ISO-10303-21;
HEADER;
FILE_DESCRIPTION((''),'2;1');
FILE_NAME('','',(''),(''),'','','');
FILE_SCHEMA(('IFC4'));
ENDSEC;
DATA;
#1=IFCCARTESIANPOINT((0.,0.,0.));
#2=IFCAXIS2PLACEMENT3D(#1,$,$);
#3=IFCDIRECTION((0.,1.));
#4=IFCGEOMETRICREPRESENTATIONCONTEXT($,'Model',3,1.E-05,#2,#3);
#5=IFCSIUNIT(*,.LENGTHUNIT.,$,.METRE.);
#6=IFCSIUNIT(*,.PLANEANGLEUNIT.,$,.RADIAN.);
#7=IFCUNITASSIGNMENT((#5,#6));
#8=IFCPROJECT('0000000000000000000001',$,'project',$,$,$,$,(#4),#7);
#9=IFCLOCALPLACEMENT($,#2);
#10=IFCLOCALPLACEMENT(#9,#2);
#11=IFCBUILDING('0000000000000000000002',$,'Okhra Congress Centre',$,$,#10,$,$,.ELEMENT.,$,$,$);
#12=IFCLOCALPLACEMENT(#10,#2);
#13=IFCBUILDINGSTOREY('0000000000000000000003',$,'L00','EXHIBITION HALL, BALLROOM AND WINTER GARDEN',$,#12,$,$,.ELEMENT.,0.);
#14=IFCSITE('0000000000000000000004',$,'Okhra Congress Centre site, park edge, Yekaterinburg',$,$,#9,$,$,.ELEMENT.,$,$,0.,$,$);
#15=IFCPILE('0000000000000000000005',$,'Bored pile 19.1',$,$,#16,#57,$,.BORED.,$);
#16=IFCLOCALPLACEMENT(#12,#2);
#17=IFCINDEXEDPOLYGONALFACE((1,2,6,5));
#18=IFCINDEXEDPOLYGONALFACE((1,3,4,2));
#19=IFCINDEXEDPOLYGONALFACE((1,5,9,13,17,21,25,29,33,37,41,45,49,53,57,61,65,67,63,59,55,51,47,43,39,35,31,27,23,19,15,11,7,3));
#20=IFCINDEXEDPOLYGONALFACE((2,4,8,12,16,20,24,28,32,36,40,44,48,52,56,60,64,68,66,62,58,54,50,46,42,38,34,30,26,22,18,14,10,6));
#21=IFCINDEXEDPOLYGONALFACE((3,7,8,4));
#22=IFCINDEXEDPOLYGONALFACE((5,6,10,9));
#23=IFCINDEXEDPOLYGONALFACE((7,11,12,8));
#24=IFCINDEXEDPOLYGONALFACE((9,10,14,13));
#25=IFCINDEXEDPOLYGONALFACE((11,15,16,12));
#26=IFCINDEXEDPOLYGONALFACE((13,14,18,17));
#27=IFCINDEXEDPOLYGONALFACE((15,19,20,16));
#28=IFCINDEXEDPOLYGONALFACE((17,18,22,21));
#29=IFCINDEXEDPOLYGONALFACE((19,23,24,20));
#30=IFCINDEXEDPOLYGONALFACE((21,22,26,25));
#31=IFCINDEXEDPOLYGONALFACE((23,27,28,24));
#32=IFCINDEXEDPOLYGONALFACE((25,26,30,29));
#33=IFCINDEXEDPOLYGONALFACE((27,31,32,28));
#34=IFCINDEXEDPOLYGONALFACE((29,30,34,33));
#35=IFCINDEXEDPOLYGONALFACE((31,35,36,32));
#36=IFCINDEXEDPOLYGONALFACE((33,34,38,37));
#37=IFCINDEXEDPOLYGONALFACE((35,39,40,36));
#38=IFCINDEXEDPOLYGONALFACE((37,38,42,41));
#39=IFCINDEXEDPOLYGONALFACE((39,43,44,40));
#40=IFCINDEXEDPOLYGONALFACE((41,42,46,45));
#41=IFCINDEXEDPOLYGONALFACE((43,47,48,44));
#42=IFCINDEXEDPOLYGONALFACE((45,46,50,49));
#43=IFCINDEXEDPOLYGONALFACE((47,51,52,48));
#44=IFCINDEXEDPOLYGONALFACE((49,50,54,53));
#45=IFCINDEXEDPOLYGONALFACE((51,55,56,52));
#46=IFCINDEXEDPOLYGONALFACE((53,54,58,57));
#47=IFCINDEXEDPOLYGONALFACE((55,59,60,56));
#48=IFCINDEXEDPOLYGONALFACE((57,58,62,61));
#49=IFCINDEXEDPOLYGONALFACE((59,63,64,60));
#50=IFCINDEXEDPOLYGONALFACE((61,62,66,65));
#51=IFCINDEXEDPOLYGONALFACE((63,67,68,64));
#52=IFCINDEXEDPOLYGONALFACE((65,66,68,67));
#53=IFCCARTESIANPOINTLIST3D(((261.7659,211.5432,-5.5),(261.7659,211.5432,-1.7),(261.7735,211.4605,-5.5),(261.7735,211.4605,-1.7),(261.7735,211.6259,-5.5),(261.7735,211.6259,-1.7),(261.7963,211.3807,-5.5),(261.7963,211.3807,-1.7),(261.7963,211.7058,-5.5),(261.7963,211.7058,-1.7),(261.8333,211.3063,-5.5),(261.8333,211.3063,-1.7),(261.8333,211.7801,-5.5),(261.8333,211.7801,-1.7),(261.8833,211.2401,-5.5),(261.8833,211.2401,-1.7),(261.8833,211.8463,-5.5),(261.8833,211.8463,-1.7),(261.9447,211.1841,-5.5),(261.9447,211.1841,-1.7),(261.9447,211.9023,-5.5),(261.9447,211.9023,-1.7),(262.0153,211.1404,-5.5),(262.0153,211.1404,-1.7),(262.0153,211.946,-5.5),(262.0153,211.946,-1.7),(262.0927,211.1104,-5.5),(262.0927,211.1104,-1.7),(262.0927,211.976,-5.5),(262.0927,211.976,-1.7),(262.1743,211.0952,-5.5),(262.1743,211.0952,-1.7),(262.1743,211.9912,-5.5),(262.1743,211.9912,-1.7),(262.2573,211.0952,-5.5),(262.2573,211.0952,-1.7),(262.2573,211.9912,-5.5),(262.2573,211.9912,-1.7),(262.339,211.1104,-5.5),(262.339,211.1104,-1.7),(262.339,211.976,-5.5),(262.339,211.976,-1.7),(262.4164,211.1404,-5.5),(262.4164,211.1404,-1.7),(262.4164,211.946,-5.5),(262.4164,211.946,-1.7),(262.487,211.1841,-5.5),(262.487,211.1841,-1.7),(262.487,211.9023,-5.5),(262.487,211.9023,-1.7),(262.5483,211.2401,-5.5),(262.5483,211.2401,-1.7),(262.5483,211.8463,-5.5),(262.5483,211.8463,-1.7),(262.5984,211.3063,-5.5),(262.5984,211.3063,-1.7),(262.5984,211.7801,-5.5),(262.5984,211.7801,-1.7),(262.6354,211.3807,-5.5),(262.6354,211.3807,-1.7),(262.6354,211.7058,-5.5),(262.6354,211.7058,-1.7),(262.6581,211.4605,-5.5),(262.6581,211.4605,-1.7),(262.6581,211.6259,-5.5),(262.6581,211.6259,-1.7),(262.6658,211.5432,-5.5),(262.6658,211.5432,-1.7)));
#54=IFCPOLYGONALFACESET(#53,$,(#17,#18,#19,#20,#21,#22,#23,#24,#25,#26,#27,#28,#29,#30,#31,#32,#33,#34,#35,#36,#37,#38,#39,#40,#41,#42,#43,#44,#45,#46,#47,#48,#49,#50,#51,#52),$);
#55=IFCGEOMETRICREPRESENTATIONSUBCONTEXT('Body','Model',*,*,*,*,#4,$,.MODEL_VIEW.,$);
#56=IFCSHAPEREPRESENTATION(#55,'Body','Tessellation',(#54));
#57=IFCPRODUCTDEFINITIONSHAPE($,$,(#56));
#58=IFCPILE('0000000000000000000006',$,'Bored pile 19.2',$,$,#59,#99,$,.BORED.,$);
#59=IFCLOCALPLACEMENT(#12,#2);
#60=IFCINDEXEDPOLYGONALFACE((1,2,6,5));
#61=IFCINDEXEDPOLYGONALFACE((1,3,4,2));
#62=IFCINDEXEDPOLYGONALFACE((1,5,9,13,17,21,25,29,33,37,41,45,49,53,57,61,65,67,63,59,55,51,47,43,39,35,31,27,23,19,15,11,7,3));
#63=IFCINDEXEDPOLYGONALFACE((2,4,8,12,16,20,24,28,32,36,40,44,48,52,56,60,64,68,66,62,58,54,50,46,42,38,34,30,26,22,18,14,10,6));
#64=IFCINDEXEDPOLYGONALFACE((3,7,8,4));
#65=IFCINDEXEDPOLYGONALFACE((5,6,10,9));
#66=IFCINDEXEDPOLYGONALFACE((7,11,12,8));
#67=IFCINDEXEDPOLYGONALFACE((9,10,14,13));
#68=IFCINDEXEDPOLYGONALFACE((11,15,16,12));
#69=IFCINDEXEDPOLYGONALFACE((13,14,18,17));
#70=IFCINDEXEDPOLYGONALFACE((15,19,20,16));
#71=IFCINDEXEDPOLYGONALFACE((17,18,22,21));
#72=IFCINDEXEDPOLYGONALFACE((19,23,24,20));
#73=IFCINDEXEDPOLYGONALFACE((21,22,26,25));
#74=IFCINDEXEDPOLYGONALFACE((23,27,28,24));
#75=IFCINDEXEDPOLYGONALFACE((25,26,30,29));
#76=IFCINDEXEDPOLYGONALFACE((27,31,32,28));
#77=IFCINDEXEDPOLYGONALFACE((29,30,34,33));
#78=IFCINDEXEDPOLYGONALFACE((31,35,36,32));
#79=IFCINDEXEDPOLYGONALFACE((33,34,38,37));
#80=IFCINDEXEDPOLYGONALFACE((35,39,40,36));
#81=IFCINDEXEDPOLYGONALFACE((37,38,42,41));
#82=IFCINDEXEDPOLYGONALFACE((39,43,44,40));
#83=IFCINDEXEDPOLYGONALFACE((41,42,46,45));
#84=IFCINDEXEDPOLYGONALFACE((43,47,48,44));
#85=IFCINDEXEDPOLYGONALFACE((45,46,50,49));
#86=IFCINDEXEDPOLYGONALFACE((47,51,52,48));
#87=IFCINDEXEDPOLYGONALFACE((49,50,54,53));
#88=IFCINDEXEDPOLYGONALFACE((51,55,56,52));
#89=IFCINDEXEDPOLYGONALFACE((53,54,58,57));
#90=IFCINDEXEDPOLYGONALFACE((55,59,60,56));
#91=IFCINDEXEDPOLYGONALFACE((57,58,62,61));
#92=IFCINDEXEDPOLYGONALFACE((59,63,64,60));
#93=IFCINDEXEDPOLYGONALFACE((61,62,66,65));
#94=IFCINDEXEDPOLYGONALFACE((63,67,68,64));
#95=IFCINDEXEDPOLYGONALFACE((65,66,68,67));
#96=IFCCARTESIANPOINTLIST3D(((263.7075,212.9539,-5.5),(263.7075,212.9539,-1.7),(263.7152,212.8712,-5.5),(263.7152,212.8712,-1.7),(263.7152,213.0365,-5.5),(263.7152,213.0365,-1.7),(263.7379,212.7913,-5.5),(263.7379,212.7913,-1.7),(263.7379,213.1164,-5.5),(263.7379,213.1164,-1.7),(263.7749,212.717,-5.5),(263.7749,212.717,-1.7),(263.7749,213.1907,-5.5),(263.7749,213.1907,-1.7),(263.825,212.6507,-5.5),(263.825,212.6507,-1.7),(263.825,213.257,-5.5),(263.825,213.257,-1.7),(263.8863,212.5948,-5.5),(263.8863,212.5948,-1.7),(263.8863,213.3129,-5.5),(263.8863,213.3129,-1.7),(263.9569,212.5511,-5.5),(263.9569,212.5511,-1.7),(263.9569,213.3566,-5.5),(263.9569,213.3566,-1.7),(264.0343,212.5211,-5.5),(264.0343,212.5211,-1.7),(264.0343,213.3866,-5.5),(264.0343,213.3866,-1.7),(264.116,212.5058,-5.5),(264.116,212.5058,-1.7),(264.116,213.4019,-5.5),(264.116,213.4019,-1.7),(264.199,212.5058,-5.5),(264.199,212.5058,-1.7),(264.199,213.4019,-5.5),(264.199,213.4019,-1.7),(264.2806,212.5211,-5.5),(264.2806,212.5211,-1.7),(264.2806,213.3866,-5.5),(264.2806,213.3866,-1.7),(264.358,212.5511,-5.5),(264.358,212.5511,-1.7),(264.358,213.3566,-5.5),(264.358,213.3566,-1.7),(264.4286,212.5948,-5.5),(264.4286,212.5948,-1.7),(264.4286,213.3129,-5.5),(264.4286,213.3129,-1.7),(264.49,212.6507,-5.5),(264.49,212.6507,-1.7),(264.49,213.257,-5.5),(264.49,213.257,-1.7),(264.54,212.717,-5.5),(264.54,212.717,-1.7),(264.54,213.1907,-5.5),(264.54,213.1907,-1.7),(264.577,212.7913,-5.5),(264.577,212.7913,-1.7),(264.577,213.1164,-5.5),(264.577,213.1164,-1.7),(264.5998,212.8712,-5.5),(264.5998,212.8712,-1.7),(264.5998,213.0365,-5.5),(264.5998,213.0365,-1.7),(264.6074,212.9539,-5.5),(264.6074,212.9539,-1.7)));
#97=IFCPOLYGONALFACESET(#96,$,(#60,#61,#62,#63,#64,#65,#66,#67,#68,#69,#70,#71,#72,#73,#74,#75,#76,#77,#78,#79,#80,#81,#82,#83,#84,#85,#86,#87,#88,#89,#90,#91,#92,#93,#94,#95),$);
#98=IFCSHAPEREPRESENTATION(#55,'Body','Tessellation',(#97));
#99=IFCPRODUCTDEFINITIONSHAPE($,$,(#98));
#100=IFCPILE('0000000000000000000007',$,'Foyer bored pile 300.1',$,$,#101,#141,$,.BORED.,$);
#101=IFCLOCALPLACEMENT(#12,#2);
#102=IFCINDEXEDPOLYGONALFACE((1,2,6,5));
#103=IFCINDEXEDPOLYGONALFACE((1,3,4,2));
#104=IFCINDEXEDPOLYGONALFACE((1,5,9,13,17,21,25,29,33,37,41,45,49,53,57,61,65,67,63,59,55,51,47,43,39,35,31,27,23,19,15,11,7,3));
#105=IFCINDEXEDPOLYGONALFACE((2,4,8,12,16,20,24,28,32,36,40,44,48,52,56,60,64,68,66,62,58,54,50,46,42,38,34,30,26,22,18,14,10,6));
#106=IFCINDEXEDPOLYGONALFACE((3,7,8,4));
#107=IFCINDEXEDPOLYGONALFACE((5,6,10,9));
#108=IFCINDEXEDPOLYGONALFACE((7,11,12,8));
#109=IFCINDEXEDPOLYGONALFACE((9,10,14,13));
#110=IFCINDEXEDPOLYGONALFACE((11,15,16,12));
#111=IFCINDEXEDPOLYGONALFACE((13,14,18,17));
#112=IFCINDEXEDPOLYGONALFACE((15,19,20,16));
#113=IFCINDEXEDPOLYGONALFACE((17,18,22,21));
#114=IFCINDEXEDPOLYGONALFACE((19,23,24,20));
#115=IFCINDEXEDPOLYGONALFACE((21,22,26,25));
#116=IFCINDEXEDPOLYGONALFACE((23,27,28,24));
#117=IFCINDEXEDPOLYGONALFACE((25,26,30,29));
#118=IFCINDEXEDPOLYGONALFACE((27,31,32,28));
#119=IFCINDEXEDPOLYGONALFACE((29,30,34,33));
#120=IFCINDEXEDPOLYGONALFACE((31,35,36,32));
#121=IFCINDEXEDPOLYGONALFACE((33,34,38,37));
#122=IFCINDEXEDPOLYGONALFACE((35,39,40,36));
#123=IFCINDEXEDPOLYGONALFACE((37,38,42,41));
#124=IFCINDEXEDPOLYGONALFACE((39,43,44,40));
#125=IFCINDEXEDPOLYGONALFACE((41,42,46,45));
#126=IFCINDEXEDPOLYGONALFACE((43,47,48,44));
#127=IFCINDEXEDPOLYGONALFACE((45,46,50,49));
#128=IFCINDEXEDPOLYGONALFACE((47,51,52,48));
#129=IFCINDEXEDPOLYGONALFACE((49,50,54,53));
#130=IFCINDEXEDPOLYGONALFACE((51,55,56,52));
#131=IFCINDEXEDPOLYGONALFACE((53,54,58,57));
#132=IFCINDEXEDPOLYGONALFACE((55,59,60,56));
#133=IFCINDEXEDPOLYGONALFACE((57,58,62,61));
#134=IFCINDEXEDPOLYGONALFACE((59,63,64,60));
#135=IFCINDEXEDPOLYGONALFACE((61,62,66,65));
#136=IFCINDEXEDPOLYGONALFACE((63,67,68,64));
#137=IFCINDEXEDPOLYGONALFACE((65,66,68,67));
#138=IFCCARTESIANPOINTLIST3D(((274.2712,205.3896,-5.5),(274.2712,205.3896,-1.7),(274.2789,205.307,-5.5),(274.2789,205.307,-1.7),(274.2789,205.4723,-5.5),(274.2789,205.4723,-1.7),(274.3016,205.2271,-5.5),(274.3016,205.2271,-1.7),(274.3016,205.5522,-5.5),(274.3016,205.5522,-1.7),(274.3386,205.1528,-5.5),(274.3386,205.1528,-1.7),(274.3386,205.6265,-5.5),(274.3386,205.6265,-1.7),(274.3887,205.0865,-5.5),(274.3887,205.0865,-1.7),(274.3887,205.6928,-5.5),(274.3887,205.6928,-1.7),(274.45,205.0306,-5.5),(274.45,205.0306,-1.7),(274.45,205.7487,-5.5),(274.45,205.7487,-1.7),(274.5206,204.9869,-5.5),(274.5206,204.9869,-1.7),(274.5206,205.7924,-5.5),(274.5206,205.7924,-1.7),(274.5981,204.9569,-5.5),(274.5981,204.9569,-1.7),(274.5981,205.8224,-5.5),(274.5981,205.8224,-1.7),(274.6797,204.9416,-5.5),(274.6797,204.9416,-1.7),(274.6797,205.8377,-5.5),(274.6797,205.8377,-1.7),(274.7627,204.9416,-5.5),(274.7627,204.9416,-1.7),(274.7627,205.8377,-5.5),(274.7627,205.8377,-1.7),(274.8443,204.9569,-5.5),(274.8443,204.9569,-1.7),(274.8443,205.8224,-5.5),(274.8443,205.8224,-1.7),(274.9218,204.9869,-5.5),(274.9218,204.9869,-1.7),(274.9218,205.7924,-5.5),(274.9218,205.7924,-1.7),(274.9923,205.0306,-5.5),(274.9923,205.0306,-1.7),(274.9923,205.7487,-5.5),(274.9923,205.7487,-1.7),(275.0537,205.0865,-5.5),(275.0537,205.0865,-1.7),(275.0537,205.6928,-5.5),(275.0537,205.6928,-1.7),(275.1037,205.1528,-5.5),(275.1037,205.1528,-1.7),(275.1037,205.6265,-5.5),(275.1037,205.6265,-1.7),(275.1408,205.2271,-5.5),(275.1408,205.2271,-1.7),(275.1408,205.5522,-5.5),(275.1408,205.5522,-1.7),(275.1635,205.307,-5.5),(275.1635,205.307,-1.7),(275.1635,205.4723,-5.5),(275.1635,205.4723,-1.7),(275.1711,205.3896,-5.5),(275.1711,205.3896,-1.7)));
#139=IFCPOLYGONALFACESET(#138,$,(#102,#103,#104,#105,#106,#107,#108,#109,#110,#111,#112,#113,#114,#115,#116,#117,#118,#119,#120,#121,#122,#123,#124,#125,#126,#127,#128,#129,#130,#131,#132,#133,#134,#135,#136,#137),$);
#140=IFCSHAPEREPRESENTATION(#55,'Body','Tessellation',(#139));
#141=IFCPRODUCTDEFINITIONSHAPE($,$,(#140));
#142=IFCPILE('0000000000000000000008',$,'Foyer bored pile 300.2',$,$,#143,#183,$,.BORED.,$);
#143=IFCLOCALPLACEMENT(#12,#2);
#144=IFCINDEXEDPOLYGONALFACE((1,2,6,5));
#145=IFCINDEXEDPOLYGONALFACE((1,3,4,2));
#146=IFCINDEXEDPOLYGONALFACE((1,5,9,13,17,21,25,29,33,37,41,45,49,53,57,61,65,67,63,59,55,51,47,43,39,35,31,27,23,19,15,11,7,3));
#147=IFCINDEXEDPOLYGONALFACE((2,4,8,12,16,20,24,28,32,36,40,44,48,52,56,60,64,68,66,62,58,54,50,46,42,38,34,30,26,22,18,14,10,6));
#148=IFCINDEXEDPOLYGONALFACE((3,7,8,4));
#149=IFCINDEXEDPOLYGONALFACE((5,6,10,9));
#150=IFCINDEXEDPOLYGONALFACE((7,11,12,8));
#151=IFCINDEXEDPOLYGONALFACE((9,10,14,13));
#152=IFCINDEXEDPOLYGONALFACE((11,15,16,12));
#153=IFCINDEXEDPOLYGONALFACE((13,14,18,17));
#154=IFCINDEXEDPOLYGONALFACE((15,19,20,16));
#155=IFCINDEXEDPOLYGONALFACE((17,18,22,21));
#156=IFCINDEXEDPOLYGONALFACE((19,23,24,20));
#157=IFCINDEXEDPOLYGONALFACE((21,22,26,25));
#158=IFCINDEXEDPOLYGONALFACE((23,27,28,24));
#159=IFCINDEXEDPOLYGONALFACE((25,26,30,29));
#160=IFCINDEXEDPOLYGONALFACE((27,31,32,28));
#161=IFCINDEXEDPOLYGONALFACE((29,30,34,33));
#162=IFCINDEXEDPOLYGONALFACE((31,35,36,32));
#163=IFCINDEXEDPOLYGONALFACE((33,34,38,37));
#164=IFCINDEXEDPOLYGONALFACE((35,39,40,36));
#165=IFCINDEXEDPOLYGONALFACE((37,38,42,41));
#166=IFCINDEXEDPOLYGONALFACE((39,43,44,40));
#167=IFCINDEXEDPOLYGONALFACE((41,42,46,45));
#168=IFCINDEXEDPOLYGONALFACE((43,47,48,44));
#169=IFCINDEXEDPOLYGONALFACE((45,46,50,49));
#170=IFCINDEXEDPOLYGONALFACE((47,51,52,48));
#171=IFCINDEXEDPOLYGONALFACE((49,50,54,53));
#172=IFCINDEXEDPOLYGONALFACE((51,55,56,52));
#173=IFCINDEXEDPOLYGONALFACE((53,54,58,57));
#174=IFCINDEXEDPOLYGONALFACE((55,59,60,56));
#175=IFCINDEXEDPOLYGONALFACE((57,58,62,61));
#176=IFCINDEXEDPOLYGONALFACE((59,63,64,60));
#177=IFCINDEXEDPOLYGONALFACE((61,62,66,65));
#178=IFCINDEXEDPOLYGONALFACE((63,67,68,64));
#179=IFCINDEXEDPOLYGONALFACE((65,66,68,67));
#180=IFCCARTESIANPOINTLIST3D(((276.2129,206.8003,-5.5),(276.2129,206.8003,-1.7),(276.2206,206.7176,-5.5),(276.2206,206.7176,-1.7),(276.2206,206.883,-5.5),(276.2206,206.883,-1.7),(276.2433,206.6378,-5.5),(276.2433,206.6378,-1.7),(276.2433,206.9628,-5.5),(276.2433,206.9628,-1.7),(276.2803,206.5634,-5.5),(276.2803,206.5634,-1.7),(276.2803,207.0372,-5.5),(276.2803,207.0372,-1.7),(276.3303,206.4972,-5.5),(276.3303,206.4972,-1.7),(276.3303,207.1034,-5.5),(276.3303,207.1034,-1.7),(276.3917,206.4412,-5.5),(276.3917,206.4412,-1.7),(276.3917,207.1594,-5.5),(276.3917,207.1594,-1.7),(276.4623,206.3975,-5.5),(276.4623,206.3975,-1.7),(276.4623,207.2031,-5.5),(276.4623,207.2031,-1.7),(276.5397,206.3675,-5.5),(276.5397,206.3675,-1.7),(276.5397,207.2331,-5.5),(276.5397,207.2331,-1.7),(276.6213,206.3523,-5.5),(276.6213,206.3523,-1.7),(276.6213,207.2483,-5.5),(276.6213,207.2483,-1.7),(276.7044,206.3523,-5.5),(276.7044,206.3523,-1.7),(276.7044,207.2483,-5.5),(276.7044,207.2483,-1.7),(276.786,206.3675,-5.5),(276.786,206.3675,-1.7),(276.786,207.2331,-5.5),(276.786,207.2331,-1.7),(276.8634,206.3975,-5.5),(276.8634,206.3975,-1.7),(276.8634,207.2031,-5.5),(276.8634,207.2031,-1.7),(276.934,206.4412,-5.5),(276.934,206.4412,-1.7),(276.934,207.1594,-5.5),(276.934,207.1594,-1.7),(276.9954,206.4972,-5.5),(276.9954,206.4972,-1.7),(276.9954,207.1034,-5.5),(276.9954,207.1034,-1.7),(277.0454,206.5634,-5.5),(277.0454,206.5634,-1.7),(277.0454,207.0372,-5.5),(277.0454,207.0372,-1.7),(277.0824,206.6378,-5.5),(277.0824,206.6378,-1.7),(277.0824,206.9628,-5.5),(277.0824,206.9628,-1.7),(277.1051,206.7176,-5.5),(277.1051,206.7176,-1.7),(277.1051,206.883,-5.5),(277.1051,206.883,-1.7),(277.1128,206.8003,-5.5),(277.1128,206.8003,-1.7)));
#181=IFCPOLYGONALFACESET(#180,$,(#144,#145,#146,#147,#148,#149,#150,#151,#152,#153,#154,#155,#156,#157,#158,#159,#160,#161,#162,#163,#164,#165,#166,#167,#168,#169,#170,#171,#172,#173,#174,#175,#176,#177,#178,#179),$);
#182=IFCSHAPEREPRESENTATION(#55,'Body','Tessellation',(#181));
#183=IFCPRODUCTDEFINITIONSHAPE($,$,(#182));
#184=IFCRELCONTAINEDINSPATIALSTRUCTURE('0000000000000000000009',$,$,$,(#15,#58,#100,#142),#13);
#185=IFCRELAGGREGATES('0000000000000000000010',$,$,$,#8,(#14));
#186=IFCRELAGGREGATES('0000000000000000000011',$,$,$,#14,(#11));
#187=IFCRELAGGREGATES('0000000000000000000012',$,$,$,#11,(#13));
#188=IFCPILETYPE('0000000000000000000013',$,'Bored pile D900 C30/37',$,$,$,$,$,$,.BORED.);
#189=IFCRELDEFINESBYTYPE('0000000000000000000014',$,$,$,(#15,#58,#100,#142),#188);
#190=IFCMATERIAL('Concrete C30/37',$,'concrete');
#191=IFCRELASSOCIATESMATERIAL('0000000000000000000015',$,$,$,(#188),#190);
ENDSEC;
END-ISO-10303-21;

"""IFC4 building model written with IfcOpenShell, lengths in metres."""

from ifc_helpers import new_model, si_unit, direction, frame, origin, origin_2d, place, context, subcontext, project, spatial, circle, extrude, material, material_profile, profile_set, type_object, element, save


model = new_model("IFC4")

# Units and contexts
model_context = context("Model", 3, precision=1e-05, world=origin(), true_north=direction((0.0, 1.0)))
body_context = subcontext(model_context, "Body", "Model", "MODEL_VIEW")
ifc_project = project(units=[si_unit("LENGTHUNIT", "METRE"), si_unit("PLANEANGLEUNIT", "RADIAN")], contexts=[model_context])

# Site, building, storey
site_placement = place(None, origin())
site = spatial("IfcSite", under=ifc_project, at=site_placement, Name="Okhra Congress Centre site, park edge, Yekaterinburg", CompositionType="ELEMENT", RefElevation=0.0)
building_placement = place(site_placement, origin())
building = spatial("IfcBuilding", under=site, at=building_placement, Name="Okhra Congress Centre", CompositionType="ELEMENT")
storey_placement = place(building_placement, origin())
storey = spatial("IfcBuildingStorey", under=building, at=storey_placement, Name="L00", Description="EXHIBITION HALL, BALLROOM AND WINTER GARDEN", CompositionType="ELEMENT", Elevation=0.0)

# Piles
ifc_material_1 = material(Name="Concrete C30/37", Category="concrete")
ifc_material_profile = material_profile(ifc_material_1, circle(Radius=0.45, at=origin_2d()), Name="D900")
ifc_profile_set = profile_set([ifc_material_profile], Name="Concrete C30/37")
pile_type = type_object("IfcPileType", Name="Bored pile D900 C30/37", PredefinedType="BORED", material=ifc_profile_set)
for number, where, z_axis, x_axis, name in (
    (1, (262.2158, 211.5432, -1.7), (0.0, 0.0, -1.0), (1.0, 0.0, 0.0), "Bored pile 19.1"),
    (2, (264.1575, 212.9539, -1.7), (0.0, 0.0, -1.0), (1.0, 0.0, 0.0), "Bored pile 19.2"),
    (3, (274.7212, 205.3896, -1.7), (0.0, 0.0, -1.0), (1.0, 0.0, 0.0), "Foyer bored pile 300.1"),
    (4, (276.6628, 206.8003, -1.7), (0.0, 0.0, -1.0), (1.0, 0.0, 0.0), "Foyer bored pile 300.2"),
):
    element("IfcPile", number, at=place(storey_placement, frame(where, z_axis=z_axis, x_axis=x_axis)), inside=storey, type_object=pile_type, Name=name, PredefinedType="BORED", context=body_context, shape_type="SweptSolid", body=[
        extrude(circle(Radius=0.45, at=origin_2d()), origin(), (0.0, 0.0, 1.0), 3.8),
    ])

save(model, "model.ifc")
